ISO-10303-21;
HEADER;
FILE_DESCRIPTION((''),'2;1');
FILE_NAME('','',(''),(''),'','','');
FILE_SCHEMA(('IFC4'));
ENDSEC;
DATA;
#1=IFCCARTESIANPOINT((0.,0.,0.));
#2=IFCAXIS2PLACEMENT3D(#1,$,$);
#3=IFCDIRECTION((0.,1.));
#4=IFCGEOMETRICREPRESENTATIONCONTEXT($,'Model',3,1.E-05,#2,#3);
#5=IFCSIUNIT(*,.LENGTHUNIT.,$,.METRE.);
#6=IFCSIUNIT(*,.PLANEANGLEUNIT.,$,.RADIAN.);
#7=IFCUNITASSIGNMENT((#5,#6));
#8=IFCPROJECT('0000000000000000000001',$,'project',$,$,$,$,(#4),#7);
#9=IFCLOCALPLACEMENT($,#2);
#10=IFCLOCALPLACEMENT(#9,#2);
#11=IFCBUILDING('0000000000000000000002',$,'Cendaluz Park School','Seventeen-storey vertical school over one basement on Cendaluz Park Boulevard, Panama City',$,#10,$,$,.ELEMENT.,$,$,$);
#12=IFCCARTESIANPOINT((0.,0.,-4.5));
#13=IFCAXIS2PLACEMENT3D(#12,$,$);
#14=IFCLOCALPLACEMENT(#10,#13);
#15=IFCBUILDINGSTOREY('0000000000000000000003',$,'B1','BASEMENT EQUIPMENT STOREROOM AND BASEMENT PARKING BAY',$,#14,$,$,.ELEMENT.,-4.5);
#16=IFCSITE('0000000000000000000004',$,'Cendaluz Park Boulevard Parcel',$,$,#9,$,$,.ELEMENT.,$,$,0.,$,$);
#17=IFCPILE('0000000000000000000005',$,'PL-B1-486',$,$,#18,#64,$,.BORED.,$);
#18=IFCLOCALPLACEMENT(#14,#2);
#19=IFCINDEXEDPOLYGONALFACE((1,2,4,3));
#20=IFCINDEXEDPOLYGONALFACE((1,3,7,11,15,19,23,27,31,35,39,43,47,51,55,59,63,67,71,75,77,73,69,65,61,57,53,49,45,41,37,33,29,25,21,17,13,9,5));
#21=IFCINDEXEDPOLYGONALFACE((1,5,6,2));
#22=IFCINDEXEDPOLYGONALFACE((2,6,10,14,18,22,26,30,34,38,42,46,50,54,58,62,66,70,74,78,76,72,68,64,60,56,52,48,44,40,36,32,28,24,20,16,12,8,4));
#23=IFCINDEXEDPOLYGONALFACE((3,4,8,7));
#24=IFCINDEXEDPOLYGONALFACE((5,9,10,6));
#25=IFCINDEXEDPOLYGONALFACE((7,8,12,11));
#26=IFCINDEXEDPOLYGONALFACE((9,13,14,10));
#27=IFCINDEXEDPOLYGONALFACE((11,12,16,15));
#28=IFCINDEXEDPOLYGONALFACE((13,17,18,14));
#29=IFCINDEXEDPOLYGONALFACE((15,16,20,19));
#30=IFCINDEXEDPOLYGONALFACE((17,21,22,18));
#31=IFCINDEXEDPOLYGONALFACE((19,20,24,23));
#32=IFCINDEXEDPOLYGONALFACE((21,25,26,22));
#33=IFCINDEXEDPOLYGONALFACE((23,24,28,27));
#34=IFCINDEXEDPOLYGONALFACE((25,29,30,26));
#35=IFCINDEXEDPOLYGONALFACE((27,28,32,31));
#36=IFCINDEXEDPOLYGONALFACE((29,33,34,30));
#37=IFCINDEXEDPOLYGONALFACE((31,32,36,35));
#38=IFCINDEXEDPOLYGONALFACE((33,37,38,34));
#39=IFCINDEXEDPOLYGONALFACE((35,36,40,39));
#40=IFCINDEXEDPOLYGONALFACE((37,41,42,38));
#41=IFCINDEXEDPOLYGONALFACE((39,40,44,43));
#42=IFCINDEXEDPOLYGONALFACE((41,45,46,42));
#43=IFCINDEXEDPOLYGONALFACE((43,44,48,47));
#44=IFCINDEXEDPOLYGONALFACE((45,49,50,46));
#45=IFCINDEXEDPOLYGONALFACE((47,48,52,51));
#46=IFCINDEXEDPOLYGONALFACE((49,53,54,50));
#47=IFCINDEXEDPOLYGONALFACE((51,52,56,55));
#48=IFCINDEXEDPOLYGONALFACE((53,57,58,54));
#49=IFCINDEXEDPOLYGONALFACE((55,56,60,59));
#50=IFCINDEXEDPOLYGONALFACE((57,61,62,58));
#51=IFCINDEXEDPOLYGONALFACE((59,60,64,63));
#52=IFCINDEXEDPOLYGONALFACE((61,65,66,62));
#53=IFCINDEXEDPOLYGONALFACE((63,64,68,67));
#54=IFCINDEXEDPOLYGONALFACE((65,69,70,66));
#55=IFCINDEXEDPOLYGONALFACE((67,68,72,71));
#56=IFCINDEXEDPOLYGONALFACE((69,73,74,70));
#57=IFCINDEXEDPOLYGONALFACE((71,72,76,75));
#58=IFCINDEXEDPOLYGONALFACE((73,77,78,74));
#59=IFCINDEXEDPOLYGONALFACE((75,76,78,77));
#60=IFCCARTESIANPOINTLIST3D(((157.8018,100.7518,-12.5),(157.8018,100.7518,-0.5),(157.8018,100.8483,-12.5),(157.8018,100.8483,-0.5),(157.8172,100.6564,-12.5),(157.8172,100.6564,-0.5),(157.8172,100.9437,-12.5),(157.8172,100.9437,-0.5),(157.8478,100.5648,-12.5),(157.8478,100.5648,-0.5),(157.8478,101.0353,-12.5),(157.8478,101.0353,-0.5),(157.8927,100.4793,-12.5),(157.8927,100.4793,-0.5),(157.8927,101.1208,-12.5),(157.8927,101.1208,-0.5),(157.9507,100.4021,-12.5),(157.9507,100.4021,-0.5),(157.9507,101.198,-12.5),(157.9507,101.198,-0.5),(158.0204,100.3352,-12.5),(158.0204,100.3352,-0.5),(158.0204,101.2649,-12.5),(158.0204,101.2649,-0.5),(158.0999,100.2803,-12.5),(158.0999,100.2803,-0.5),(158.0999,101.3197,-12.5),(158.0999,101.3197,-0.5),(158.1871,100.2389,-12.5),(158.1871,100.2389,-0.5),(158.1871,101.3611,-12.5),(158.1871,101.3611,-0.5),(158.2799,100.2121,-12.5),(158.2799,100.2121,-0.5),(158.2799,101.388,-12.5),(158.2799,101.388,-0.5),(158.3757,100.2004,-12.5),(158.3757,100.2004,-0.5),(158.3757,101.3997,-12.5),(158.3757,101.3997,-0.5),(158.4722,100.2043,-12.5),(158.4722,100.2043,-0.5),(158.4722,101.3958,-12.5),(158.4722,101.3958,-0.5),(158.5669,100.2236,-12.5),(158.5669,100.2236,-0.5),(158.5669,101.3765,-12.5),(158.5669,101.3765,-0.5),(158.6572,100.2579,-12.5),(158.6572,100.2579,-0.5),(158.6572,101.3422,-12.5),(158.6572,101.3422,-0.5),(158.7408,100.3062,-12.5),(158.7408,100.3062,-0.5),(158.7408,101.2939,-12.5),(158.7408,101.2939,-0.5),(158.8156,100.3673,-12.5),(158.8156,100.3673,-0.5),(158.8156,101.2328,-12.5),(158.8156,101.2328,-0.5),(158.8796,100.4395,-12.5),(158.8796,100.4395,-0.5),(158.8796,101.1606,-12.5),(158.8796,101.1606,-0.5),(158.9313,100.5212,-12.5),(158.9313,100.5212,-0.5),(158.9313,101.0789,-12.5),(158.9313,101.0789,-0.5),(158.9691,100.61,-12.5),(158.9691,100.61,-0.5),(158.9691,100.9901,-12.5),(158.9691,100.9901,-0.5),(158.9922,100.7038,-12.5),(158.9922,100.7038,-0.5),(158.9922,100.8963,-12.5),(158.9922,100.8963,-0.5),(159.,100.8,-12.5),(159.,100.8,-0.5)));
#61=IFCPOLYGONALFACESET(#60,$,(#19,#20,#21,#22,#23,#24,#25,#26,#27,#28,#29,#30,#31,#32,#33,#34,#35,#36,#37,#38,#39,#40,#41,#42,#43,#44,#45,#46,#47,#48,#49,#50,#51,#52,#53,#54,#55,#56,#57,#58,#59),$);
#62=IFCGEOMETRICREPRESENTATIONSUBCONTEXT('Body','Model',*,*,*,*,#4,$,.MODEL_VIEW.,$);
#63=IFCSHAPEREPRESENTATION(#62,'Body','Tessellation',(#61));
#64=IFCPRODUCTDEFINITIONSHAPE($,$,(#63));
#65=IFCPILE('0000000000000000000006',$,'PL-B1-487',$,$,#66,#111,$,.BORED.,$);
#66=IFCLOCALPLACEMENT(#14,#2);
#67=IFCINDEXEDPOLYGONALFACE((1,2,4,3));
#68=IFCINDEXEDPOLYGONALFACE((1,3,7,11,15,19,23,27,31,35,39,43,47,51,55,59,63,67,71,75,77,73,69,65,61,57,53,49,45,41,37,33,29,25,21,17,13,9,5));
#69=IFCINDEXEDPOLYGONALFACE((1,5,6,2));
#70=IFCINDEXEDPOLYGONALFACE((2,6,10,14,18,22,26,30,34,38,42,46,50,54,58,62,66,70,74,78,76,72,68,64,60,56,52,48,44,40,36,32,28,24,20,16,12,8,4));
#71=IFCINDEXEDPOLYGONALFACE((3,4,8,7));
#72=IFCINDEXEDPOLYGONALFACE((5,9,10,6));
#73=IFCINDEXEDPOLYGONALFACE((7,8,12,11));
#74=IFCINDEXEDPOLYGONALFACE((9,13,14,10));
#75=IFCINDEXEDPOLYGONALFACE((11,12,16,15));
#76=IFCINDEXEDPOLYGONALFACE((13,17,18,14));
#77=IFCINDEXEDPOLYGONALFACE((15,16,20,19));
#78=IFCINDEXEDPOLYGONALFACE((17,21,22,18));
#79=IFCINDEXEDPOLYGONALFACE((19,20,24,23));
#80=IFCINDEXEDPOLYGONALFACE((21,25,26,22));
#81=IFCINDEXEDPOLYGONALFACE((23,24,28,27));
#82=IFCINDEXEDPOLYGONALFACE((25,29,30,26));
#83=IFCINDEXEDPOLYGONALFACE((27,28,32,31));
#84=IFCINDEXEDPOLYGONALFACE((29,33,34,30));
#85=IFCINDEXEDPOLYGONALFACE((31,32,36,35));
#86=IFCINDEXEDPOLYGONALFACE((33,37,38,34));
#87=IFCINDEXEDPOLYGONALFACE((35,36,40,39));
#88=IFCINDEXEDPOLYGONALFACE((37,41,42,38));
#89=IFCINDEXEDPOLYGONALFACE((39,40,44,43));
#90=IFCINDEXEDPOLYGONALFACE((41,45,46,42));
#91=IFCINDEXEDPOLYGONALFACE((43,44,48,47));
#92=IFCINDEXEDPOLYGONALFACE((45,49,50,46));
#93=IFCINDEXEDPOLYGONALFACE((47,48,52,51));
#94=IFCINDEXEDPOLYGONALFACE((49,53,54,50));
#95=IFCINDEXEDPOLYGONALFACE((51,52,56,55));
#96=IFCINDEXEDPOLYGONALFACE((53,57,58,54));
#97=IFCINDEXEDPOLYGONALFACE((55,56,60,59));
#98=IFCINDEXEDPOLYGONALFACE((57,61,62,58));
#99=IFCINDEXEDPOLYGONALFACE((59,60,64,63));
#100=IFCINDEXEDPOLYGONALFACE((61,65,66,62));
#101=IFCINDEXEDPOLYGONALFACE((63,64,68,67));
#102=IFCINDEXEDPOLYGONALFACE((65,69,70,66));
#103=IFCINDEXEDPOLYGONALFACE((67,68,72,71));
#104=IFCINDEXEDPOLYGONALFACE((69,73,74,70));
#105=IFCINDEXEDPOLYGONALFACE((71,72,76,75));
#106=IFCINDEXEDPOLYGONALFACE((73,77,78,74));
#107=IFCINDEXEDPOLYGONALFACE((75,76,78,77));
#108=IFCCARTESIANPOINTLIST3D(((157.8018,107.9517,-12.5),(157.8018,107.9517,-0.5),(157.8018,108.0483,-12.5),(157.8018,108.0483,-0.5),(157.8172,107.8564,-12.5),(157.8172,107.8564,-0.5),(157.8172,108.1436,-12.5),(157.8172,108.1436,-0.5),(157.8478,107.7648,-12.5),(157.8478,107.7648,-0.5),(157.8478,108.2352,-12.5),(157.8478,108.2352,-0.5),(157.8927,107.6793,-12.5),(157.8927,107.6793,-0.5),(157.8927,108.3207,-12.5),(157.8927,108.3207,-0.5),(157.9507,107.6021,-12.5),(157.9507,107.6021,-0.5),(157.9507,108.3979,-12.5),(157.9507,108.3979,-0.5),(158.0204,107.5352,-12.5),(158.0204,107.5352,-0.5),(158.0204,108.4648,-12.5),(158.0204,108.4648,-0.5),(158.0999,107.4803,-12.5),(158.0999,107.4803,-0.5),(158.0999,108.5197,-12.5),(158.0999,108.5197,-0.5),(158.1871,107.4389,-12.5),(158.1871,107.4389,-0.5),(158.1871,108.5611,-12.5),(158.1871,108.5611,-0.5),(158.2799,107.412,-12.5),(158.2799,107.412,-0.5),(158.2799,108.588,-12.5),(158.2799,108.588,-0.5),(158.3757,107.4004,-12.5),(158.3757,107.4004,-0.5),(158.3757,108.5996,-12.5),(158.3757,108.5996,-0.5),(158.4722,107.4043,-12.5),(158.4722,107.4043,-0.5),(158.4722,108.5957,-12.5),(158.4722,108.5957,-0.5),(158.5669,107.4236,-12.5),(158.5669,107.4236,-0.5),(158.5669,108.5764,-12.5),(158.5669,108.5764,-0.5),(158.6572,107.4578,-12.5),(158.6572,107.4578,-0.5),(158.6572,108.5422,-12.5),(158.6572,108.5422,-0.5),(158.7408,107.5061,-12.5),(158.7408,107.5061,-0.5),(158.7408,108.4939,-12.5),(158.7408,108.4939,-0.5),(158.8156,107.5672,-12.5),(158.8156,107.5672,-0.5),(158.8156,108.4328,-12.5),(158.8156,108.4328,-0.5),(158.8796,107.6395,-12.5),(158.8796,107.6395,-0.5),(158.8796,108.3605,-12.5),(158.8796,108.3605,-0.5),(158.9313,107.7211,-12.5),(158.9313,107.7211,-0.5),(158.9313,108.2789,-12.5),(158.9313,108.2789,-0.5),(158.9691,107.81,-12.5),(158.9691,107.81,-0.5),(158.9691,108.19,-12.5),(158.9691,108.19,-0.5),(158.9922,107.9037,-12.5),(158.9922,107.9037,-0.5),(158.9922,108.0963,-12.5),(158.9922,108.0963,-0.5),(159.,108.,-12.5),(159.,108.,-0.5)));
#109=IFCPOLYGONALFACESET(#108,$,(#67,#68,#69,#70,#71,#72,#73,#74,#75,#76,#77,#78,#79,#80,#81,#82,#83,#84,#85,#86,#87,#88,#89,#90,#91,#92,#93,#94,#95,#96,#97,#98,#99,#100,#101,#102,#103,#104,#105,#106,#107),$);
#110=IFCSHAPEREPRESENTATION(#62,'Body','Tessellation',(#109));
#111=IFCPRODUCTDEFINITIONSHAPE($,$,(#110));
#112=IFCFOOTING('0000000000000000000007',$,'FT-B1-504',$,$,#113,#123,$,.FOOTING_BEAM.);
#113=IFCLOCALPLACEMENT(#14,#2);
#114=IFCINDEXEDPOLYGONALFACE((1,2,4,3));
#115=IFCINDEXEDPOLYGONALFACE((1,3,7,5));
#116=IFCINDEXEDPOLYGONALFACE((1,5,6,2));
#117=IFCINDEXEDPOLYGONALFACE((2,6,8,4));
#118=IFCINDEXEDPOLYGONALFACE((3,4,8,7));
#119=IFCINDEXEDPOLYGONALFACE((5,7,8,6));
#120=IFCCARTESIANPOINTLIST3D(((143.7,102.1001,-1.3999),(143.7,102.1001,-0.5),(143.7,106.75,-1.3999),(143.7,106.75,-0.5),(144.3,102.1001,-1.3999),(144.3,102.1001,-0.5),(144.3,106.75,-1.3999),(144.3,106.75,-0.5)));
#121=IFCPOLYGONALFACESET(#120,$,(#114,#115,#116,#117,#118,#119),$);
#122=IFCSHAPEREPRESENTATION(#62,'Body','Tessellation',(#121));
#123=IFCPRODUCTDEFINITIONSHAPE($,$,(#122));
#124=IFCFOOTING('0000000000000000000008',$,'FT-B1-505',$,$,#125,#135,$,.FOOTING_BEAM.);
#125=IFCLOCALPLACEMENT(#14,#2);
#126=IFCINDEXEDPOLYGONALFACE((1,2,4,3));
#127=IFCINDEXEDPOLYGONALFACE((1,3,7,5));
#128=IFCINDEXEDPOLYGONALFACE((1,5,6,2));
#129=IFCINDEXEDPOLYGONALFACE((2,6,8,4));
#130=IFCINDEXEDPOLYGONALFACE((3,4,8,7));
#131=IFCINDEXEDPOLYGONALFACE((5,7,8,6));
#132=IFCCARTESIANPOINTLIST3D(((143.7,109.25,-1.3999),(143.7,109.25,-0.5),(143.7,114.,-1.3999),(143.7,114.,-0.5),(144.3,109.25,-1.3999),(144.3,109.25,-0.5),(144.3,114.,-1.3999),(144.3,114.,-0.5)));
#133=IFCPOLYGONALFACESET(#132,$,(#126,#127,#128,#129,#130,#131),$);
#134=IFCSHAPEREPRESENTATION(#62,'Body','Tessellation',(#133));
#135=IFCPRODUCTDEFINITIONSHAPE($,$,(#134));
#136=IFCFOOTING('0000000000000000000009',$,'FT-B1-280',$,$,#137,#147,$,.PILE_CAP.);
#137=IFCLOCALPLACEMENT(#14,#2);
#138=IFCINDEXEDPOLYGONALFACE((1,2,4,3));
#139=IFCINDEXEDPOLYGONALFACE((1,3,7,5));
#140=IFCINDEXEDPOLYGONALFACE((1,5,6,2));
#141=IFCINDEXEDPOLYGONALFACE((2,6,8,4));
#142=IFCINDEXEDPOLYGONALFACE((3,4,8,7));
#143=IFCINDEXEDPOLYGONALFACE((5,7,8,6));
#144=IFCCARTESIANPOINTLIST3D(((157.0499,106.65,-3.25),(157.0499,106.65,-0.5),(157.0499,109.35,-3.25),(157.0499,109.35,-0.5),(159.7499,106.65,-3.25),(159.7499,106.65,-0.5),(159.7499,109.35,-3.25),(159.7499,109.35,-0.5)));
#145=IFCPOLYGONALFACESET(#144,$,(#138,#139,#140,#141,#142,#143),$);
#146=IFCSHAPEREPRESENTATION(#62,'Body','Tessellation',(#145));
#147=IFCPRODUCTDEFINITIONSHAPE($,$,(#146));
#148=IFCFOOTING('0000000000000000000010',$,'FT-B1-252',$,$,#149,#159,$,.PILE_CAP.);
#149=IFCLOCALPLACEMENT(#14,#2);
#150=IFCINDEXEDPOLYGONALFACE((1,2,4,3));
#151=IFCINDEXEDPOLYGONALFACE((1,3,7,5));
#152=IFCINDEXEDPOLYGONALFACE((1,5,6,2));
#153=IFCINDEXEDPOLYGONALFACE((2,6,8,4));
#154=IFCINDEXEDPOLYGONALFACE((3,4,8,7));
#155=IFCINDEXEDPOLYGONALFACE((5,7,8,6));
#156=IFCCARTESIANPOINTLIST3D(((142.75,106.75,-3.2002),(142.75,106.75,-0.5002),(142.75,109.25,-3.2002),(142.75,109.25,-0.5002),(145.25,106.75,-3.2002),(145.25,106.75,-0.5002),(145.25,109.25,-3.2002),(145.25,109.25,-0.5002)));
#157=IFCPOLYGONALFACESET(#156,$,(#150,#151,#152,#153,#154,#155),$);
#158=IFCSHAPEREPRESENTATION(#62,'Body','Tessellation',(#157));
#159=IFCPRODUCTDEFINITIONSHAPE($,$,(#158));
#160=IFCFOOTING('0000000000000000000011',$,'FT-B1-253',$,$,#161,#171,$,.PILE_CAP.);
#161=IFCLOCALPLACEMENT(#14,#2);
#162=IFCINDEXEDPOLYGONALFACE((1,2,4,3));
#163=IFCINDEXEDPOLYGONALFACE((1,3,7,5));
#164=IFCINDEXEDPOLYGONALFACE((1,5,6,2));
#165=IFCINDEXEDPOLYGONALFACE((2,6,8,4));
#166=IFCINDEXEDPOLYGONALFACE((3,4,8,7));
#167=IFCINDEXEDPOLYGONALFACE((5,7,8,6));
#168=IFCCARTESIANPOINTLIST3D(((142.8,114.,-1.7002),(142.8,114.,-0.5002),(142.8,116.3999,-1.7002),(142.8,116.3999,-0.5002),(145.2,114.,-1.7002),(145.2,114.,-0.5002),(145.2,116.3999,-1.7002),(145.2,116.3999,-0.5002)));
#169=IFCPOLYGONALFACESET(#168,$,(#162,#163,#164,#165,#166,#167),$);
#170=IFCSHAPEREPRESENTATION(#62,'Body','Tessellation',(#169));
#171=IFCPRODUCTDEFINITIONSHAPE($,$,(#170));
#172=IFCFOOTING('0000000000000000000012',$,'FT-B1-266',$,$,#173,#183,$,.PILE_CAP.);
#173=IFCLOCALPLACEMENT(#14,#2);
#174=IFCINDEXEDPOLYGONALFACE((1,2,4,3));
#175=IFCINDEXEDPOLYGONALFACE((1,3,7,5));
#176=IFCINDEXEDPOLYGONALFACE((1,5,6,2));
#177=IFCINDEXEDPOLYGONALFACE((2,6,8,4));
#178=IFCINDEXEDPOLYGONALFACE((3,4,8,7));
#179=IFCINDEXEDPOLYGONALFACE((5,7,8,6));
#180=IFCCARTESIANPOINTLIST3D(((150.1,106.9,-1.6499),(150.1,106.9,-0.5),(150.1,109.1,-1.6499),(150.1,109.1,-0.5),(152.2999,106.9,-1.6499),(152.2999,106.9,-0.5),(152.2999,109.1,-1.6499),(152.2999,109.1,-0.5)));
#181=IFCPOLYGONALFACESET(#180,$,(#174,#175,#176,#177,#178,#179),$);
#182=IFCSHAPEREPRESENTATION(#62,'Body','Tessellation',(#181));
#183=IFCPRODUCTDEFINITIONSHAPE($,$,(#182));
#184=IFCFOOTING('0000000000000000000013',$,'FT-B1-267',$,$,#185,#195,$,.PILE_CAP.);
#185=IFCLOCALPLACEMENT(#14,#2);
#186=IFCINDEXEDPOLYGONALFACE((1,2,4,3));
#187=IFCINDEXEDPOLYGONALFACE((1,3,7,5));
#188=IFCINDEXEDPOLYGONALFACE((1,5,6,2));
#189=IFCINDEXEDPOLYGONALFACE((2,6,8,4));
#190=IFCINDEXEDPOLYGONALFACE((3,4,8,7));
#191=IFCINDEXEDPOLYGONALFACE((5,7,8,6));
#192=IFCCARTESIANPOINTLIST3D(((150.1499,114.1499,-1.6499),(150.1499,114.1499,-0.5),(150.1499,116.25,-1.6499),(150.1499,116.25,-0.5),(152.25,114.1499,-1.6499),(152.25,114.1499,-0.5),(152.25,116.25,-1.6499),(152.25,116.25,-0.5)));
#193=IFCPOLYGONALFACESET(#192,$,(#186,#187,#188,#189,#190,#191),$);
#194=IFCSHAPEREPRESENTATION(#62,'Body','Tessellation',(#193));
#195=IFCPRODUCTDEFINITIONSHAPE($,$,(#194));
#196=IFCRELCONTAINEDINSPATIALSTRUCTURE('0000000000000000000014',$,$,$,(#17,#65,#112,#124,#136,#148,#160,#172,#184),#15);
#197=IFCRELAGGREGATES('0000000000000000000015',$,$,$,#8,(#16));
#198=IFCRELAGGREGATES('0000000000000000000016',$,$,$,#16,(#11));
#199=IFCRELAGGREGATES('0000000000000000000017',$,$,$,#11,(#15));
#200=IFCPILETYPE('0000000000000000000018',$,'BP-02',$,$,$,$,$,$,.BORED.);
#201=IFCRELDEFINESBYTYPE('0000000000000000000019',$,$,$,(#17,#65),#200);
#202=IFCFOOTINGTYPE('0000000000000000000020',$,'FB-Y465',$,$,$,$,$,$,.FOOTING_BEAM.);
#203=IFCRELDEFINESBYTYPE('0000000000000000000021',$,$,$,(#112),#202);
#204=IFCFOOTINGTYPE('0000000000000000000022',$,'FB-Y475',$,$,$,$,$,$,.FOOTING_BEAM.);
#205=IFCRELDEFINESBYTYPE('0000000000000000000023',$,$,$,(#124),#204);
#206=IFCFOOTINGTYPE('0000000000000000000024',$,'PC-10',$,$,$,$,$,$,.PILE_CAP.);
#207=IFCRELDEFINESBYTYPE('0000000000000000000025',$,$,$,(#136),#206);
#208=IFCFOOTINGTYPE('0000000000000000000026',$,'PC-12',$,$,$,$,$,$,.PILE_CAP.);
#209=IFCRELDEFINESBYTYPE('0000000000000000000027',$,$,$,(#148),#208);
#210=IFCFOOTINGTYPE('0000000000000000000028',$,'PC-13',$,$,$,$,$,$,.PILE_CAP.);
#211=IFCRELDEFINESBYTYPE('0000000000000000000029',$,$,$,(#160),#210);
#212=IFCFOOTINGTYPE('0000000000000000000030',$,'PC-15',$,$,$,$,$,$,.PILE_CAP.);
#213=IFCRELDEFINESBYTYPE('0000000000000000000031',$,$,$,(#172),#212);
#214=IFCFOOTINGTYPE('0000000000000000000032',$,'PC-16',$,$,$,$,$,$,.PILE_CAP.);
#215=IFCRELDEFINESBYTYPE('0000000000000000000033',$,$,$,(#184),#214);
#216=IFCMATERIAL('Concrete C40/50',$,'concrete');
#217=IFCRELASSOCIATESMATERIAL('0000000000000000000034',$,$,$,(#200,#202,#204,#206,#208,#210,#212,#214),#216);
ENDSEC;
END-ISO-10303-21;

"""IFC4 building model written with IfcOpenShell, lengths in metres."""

from ifc_helpers import new_model, si_unit, direction, frame, origin, origin_2d, place, context, subcontext, project, spatial, rectangle, circle, extrude, material, material_profile, profile_set, type_object, element, save


model = new_model("IFC4")

# Units and contexts
model_context = context("Model", 3, precision=1e-05, world=origin(), true_north=direction((0.0, 1.0)))
body_context = subcontext(model_context, "Body", "Model", "MODEL_VIEW")
ifc_project = project(units=[si_unit("LENGTHUNIT", "METRE"), si_unit("PLANEANGLEUNIT", "RADIAN")], contexts=[model_context])

# Site, building, storey
site_placement = place(None, origin())
site = spatial("IfcSite", under=ifc_project, at=site_placement, Name="Cendaluz Park Boulevard Parcel", CompositionType="ELEMENT", RefElevation=0.0)
building_placement = place(site_placement, origin())
building = spatial("IfcBuilding", under=site, at=building_placement, Name="Cendaluz Park School", Description="Seventeen-storey vertical school over one basement on Cendaluz Park Boulevard, Panama City", CompositionType="ELEMENT")
storey_placement = place(building_placement, frame((0.0, 0.0, -4.5)))
storey = spatial("IfcBuildingStorey", under=building, at=storey_placement, Name="B1", Description="BASEMENT EQUIPMENT STOREROOM AND BASEMENT PARKING BAY", CompositionType="ELEMENT", Elevation=-4.5)

# Piles
ifc_material_1 = material(Name="Concrete C40/50", Category="concrete")
ifc_material_profile_1 = material_profile(ifc_material_1, circle(Radius=0.6001, at=origin_2d()), Name="BP D1200", Category="concrete")
ifc_profile_set_1 = profile_set([ifc_material_profile_1], Name="Concrete C40/50")
pile_type_1 = type_object("IfcPileType", Name="BP-02", PredefinedType="BORED", material=ifc_profile_set_1)
for number, where, z_axis, x_axis, name in (
    (1, (158.3999, 100.8, -0.5), (0.0, 0.0, -1.0), (1.0, 0.0, 0.0), "PL-B1-486"),
    (2, (158.3999, 108.0, -0.5), (0.0, 0.0, -1.0), (1.0, 0.0, 0.0), "PL-B1-487"),
):
    element("IfcPile", number, at=place(storey_placement, frame(where, z_axis=z_axis, x_axis=x_axis)), inside=storey, type_object=pile_type_1, Name=name, PredefinedType="BORED", context=body_context, shape_type="SweptSolid", body=[
        extrude(circle(Radius=0.6001, at=origin_2d()), origin(), (0.0, 0.0, 1.0), 12.0),
    ])

# Footings
footing_type_1 = type_object("IfcFootingType", Name="FB-Y465", PredefinedType="FOOTING_BEAM", material=ifc_material_1)
footing_1_placement = place(storey_placement, frame((144.0, 104.425, -1.3999), z_axis=(0.0, 0.0, 1.0), x_axis=(1.0, 0.0, 0.0)))
element("IfcFooting", 3, at=footing_1_placement, inside=storey, type_object=footing_type_1, Name="FT-B1-504", PredefinedType="FOOTING_BEAM", context=body_context, shape_type="SweptSolid", body=[
    extrude(rectangle(XDim=0.6001, YDim=4.6499, at=origin_2d()), origin(), (0.0, 0.0, 1.0), 0.8999),
])
footing_type_2 = type_object("IfcFootingType", Name="FB-Y475", PredefinedType="FOOTING_BEAM", material=ifc_material_1)
footing_2_placement = place(storey_placement, frame((144.0, 111.625, -1.3999), z_axis=(0.0, 0.0, 1.0), x_axis=(1.0, 0.0, 0.0)))
element("IfcFooting", 4, at=footing_2_placement, inside=storey, type_object=footing_type_2, Name="FT-B1-505", PredefinedType="FOOTING_BEAM", context=body_context, shape_type="SweptSolid", body=[
    extrude(rectangle(XDim=0.6001, YDim=4.75, at=origin_2d()), origin(), (0.0, 0.0, 1.0), 0.8999),
])
footing_type_3 = type_object("IfcFootingType", Name="PC-10", PredefinedType="PILE_CAP", material=ifc_material_1)
footing_3_placement = place(storey_placement, frame((158.3999, 108.0, -3.25), z_axis=(0.0, 0.0, 1.0), x_axis=(1.0, 0.0, 0.0)))
element("IfcFooting", 5, at=footing_3_placement, inside=storey, type_object=footing_type_3, Name="FT-B1-280", PredefinedType="PILE_CAP", context=body_context, shape_type="SweptSolid", body=[
    extrude(rectangle(XDim=2.7, YDim=2.7, at=origin_2d()), origin(), (0.0, 0.0, 1.0), 2.75),
])
footing_type_4 = type_object("IfcFootingType", Name="PC-12", PredefinedType="PILE_CAP", material=ifc_material_1)
footing_4_placement = place(storey_placement, frame((144.0, 108.0, -3.2002), z_axis=(0.0, 0.0, 1.0), x_axis=(1.0, 0.0, 0.0)))
element("IfcFooting", 6, at=footing_4_placement, inside=storey, type_object=footing_type_4, Name="FT-B1-252", PredefinedType="PILE_CAP", context=body_context, shape_type="SweptSolid", body=[
    extrude(rectangle(XDim=2.5, YDim=2.5, at=origin_2d()), origin(), (0.0, 0.0, 1.0), 2.7),
])
footing_type_5 = type_object("IfcFootingType", Name="PC-13", PredefinedType="PILE_CAP", material=ifc_material_1)
footing_5_placement = place(storey_placement, frame((144.0, 115.2, -1.7002), z_axis=(0.0, 0.0, 1.0), x_axis=(1.0, 0.0, 0.0)))
element("IfcFooting", 7, at=footing_5_placement, inside=storey, type_object=footing_type_5, Name="FT-B1-253", PredefinedType="PILE_CAP", context=body_context, shape_type="SweptSolid", body=[
    extrude(rectangle(XDim=2.3999, YDim=2.3999, at=origin_2d()), origin(), (0.0, 0.0, 1.0), 1.2),
])
footing_type_6 = type_object("IfcFootingType", Name="PC-15", PredefinedType="PILE_CAP", material=ifc_material_1)
footing_6_placement = place(storey_placement, frame((151.2, 108.0, -1.6499), z_axis=(0.0, 0.0, 1.0), x_axis=(1.0, 0.0, 0.0)))
element("IfcFooting", 8, at=footing_6_placement, inside=storey, type_object=footing_type_6, Name="FT-B1-266", PredefinedType="PILE_CAP", context=body_context, shape_type="SweptSolid", body=[
    extrude(rectangle(XDim=2.2, YDim=2.2, at=origin_2d()), origin(), (0.0, 0.0, 1.0), 1.1499),
])
footing_type_7 = type_object("IfcFootingType", Name="PC-16", PredefinedType="PILE_CAP", material=ifc_material_1)
footing_7_placement = place(storey_placement, frame((151.2, 115.2, -1.6499), z_axis=(0.0, 0.0, 1.0), x_axis=(1.0, 0.0, 0.0)))
element("IfcFooting", 9, at=footing_7_placement, inside=storey, type_object=footing_type_7, Name="FT-B1-267", PredefinedType="PILE_CAP", context=body_context, shape_type="SweptSolid", body=[
    extrude(rectangle(XDim=2.1001, YDim=2.1001, at=origin_2d()), origin(), (0.0, 0.0, 1.0), 1.1499),
])

save(model, "model.ifc")
